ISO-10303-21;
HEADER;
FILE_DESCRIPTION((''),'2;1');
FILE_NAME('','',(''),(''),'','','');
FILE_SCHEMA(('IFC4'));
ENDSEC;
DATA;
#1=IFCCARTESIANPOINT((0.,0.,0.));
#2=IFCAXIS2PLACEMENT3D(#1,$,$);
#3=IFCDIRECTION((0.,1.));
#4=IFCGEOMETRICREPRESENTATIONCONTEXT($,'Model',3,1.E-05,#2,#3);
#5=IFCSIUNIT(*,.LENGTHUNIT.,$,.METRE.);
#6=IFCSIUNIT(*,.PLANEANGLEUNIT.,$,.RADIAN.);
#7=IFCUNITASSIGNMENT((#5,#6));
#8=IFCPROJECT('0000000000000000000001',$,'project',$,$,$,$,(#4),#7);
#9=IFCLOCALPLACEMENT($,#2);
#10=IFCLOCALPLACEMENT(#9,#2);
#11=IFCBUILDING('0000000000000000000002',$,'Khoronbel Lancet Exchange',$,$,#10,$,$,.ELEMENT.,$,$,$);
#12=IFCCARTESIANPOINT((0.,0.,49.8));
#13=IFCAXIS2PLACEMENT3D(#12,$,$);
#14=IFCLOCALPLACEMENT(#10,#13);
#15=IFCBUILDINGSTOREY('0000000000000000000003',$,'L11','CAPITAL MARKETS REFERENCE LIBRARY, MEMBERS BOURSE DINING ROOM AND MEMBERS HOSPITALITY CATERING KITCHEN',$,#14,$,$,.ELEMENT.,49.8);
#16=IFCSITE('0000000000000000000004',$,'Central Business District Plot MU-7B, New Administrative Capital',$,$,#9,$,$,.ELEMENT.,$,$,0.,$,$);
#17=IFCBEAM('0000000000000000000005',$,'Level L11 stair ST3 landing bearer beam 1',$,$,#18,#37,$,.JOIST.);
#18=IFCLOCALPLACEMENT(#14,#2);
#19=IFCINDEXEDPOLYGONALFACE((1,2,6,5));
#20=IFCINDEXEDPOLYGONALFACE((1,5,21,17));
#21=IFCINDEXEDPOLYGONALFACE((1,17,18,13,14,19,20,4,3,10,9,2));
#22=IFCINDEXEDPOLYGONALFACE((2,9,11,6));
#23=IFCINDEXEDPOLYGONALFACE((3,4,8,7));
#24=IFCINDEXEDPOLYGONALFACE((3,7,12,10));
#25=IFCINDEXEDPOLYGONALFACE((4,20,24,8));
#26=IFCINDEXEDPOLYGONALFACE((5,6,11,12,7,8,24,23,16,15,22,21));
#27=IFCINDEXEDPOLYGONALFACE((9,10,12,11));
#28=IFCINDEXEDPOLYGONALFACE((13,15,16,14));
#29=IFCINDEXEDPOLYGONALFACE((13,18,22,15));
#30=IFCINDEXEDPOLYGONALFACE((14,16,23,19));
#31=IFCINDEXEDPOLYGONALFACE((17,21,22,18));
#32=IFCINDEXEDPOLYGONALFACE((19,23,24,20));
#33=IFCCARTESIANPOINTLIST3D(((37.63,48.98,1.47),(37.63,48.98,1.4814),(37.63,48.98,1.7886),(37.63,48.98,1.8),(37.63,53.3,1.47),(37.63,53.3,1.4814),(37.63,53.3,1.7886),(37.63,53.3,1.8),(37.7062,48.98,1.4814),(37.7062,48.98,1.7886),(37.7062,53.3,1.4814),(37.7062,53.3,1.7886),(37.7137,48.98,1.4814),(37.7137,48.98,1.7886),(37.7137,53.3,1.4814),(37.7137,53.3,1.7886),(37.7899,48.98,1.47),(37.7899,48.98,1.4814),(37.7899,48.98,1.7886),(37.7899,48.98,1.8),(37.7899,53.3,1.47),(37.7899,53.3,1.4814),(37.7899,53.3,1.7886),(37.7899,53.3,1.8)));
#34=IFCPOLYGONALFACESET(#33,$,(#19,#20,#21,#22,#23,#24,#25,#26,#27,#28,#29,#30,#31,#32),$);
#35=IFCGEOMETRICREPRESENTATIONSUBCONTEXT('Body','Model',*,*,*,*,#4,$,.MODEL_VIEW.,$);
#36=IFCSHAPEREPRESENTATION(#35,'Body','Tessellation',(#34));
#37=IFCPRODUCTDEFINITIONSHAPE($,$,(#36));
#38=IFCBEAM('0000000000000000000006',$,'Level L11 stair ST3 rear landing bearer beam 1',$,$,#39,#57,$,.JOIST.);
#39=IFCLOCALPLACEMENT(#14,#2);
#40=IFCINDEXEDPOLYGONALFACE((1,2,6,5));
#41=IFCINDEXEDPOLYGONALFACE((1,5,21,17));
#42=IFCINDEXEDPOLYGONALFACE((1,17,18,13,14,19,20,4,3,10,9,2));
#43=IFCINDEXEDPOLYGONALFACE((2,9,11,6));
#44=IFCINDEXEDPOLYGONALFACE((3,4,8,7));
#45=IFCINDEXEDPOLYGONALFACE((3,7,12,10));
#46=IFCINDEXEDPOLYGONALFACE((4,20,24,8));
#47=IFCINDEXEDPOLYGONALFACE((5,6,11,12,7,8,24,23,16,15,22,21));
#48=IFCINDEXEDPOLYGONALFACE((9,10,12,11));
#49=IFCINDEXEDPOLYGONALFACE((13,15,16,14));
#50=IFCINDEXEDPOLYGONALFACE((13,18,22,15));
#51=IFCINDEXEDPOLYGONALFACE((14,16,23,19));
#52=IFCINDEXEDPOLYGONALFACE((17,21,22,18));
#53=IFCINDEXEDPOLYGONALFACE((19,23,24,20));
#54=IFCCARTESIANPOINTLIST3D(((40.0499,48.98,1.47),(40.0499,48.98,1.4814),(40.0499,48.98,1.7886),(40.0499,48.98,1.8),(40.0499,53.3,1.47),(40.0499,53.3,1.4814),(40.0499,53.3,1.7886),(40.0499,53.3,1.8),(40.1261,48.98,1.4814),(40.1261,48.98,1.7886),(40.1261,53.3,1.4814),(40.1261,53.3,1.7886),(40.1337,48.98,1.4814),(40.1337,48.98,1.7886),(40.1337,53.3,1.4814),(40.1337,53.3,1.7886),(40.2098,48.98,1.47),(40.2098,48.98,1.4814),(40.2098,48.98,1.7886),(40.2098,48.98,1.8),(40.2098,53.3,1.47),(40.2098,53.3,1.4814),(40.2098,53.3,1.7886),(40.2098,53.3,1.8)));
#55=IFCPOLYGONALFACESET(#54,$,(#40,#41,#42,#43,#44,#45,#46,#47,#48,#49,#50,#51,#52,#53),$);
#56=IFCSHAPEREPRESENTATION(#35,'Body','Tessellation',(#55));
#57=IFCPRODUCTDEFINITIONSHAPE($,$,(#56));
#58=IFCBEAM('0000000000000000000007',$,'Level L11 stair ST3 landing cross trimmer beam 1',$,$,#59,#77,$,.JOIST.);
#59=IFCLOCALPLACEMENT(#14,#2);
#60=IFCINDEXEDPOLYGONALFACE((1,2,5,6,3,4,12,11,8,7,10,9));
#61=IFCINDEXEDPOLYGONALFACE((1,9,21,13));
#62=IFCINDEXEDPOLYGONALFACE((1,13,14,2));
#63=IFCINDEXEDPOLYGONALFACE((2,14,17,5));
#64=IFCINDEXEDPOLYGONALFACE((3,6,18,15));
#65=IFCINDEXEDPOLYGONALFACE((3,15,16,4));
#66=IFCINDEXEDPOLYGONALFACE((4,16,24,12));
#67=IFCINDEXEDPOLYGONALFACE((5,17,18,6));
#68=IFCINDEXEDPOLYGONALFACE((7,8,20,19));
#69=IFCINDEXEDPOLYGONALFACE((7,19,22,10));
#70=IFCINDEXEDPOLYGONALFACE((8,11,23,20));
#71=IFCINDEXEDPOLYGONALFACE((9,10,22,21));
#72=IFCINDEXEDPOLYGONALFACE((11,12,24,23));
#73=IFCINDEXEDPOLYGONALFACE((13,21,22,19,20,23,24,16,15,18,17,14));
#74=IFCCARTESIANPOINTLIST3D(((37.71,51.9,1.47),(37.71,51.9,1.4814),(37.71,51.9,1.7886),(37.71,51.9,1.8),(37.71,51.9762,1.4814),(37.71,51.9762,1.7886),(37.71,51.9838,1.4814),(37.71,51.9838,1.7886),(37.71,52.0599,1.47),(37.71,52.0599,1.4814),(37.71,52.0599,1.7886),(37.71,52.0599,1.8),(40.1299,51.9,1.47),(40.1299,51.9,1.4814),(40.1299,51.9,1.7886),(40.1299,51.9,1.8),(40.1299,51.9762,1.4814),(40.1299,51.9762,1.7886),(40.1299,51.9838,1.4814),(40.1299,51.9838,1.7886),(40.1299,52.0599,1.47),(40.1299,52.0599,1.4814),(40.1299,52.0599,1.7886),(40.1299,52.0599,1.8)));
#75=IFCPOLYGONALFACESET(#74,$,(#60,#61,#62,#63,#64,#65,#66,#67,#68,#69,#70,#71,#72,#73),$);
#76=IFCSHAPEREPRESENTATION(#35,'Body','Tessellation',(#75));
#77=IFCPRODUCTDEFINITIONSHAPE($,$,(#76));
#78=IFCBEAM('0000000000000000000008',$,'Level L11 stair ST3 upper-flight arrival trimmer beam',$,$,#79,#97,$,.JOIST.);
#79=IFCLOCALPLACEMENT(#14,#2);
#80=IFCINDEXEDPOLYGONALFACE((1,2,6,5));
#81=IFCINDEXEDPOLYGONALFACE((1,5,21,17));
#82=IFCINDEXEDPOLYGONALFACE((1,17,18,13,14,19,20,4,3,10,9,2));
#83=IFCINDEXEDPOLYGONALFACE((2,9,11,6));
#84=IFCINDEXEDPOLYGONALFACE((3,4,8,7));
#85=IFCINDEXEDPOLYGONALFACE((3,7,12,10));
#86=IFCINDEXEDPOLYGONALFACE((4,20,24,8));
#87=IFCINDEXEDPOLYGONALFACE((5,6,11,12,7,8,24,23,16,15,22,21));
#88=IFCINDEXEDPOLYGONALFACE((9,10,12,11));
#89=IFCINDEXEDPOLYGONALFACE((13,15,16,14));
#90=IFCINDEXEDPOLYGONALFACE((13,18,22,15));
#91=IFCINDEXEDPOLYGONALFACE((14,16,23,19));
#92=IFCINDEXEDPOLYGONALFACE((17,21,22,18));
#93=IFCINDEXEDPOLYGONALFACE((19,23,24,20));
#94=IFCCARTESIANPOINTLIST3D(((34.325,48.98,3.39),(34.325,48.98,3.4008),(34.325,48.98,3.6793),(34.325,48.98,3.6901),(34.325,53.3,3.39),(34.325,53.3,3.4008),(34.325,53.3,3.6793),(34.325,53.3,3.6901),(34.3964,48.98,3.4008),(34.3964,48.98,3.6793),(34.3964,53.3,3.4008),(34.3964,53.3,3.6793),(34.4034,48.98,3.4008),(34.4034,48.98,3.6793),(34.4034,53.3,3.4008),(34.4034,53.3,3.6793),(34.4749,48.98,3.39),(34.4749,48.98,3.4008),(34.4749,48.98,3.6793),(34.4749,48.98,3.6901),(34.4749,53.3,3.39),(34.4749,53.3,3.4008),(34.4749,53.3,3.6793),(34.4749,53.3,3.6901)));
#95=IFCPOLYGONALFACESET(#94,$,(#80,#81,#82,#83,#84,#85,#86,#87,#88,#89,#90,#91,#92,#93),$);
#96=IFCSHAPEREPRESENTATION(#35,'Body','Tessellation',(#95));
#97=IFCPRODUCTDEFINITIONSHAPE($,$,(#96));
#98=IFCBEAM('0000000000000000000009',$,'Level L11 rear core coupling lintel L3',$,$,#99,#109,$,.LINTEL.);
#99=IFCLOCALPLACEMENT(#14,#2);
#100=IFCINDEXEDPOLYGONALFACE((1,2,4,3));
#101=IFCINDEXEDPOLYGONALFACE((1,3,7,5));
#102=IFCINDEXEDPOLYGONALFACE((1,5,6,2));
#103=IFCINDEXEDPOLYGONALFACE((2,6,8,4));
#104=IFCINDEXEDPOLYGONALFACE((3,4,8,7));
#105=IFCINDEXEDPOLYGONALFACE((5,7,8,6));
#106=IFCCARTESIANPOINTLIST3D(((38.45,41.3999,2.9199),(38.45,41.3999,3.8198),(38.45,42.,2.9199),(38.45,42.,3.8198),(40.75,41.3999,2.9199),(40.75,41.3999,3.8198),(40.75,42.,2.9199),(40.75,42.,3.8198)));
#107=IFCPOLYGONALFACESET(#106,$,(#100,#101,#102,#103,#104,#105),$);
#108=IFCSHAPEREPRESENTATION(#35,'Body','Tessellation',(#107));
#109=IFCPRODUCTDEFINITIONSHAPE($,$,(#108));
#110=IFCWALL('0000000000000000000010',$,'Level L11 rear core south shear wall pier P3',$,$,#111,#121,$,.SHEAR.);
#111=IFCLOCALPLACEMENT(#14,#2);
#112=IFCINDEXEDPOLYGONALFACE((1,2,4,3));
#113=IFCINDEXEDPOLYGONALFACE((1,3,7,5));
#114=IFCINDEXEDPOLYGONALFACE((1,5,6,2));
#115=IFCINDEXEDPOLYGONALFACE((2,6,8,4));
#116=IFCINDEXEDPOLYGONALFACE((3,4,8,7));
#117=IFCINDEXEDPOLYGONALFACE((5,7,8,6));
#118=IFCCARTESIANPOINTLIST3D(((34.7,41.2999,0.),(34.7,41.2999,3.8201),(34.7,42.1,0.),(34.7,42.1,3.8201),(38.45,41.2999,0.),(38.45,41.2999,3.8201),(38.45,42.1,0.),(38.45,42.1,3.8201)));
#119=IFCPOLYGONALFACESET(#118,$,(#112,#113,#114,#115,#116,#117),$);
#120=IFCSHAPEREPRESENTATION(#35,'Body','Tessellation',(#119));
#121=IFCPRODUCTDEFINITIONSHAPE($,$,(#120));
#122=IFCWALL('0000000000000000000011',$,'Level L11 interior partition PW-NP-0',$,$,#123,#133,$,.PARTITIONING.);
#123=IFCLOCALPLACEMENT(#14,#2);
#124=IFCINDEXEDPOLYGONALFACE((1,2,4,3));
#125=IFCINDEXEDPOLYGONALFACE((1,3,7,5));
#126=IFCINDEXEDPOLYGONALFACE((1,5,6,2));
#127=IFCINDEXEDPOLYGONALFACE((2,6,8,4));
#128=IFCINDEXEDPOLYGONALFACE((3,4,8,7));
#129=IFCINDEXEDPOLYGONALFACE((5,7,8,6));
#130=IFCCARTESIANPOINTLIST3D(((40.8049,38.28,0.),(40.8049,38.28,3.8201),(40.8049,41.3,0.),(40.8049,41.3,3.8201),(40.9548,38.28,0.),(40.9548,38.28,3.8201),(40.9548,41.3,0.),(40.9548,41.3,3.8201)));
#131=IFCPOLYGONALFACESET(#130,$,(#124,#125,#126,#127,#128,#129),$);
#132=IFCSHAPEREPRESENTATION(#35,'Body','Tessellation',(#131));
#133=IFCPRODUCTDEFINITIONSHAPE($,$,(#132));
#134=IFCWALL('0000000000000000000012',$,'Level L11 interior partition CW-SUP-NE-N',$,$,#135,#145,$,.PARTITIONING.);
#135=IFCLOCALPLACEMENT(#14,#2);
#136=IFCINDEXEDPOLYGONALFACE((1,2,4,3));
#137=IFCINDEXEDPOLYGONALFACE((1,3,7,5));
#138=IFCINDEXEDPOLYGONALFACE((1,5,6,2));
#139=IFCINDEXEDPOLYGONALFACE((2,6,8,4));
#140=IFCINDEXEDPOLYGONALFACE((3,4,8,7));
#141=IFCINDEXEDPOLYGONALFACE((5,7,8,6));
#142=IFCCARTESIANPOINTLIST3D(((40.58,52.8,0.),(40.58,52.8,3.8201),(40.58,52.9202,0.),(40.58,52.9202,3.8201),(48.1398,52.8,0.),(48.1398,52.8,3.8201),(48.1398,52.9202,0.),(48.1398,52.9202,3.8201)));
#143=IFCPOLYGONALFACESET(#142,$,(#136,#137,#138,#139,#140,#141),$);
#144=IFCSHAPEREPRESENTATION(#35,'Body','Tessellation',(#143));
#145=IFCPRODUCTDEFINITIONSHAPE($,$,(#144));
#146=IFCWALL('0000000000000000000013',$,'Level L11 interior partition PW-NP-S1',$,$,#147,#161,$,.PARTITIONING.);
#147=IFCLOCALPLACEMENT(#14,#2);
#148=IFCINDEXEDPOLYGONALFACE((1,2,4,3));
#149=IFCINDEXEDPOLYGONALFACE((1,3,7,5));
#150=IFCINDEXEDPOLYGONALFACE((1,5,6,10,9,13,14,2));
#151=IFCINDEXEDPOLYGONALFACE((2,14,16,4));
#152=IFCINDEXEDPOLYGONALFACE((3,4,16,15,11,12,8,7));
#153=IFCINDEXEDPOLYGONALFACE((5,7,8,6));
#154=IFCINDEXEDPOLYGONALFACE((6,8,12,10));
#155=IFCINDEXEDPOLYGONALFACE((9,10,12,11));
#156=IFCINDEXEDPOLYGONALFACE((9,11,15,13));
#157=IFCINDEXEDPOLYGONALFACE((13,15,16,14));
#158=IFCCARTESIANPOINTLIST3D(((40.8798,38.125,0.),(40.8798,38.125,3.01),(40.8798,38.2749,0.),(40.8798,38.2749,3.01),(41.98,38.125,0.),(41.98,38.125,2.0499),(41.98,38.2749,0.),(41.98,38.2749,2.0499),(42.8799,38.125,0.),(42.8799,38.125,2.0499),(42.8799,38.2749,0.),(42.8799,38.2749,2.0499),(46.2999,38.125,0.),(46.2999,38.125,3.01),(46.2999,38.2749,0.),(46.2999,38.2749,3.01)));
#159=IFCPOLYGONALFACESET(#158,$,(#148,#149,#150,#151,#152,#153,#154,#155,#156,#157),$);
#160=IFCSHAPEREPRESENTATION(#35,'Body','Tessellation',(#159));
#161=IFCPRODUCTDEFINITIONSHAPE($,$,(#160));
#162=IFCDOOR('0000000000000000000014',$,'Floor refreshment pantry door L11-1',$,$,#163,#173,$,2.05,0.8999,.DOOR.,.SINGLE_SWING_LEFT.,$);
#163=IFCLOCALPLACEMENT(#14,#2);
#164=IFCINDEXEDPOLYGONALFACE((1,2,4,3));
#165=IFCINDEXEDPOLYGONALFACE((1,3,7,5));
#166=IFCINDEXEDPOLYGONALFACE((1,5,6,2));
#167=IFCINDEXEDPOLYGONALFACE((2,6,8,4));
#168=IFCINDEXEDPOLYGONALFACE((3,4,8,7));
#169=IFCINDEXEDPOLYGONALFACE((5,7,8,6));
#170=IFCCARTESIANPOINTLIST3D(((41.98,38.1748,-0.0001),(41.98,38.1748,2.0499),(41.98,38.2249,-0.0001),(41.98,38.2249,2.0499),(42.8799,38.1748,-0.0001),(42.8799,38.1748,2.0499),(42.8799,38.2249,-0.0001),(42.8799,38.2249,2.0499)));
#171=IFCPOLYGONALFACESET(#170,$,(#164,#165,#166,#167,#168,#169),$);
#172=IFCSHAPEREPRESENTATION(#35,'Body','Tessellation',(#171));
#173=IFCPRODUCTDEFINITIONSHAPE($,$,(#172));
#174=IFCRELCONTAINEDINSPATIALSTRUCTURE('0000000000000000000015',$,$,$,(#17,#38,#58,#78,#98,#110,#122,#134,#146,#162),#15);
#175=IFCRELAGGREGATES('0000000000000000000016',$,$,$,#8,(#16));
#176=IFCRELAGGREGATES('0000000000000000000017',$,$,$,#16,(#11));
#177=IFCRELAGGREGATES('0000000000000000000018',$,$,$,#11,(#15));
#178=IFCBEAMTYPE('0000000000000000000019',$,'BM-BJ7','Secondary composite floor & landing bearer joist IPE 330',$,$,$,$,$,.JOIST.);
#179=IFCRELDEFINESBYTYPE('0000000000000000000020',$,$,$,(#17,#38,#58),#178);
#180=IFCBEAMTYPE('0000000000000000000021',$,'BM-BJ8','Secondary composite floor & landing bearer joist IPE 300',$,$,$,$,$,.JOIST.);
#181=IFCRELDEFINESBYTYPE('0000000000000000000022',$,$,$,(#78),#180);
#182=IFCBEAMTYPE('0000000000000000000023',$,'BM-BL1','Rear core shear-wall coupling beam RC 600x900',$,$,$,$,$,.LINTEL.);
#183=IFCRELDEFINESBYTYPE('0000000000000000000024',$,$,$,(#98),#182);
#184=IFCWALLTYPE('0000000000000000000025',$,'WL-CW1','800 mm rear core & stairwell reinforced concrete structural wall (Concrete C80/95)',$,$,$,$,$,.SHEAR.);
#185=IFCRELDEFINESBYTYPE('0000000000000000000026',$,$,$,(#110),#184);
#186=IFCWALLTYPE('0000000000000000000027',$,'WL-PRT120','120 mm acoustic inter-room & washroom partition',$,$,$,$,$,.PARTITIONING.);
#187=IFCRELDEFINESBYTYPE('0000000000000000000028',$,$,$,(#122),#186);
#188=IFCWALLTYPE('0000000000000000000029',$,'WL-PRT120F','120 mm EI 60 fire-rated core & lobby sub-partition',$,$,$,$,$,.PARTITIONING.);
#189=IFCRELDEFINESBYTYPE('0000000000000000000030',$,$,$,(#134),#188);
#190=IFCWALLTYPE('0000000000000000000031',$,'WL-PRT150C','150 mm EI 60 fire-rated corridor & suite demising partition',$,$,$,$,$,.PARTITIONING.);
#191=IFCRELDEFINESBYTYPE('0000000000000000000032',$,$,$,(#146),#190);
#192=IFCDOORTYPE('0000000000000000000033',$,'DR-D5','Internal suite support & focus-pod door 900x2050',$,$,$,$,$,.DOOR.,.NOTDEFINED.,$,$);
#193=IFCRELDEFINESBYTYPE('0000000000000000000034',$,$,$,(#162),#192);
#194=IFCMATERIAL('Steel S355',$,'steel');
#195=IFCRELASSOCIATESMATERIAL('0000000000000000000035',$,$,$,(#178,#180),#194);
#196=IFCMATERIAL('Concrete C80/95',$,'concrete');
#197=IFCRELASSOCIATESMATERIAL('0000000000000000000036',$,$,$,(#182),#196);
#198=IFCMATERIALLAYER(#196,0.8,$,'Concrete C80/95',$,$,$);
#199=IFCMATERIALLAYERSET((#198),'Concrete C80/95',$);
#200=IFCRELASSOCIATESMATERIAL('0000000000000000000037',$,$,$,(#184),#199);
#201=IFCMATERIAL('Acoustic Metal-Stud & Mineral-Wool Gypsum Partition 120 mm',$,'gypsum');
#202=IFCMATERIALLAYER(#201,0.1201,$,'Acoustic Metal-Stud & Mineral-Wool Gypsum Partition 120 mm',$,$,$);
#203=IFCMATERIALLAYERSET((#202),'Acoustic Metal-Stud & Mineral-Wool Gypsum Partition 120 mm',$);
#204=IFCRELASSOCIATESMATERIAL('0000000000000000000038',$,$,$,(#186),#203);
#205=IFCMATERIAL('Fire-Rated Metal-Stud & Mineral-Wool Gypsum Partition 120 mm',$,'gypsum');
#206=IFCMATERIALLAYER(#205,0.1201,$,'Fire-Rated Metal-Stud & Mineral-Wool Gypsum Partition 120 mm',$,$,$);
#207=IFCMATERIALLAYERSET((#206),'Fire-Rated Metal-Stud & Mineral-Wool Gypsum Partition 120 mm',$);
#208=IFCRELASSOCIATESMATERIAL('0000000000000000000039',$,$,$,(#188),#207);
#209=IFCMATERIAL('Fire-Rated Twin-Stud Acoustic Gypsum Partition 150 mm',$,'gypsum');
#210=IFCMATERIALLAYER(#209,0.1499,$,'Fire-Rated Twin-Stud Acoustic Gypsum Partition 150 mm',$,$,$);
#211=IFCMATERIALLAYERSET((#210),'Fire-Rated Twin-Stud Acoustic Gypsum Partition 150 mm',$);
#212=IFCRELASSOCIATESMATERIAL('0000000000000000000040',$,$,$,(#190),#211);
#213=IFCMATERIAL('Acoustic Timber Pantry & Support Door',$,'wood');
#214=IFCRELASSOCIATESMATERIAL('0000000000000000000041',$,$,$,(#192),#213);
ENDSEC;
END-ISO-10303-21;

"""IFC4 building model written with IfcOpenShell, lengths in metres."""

from ifc_helpers import new_model, si_unit, direction, frame, frame_2d, origin, origin_2d, place, context, subcontext, project, spatial, rectangle, i_section, extrude, material, layer, layer_set, material_profile, profile_set, type_object, element, fill, save


model = new_model("IFC4")

# Units and contexts
model_context = context("Model", 3, precision=1e-05, world=origin(), true_north=direction((0.0, 1.0)))
body_context = subcontext(model_context, "Body", "Model", "MODEL_VIEW")
ifc_project = project(units=[si_unit("LENGTHUNIT", "METRE"), si_unit("PLANEANGLEUNIT", "RADIAN")], contexts=[model_context])

# Site, building, storey
site_placement = place(None, origin())
site = spatial("IfcSite", under=ifc_project, at=site_placement, Name="Central Business District Plot MU-7B, New Administrative Capital", CompositionType="ELEMENT", RefElevation=0.0)
building_placement = place(site_placement, origin())
building = spatial("IfcBuilding", under=site, at=building_placement, Name="Khoronbel Lancet Exchange", CompositionType="ELEMENT")
storey_placement = place(building_placement, frame((0.0, 0.0, 49.8)))
storey = spatial("IfcBuildingStorey", under=building, at=storey_placement, Name="L11", Description="CAPITAL MARKETS REFERENCE LIBRARY, MEMBERS BOURSE DINING ROOM AND MEMBERS HOSPITALITY CATERING KITCHEN", CompositionType="ELEMENT", Elevation=49.8)

# Beams
ifc_material_1 = material(Name="Steel S355", Category="steel")
ifc_material_profile_1 = material_profile(ifc_material_1, i_section(OverallWidth=0.1599, OverallDepth=0.3301, WebThickness=0.0076, FlangeThickness=0.0115, at=origin_2d()), Name="IPE 330")
ifc_profile_set_1 = profile_set([ifc_material_profile_1], Name="Steel S355")
beam_type_1 = type_object("IfcBeamType", Name="BM-BJ7", Description="Secondary composite floor & landing bearer joist IPE 330", PredefinedType="JOIST", material=ifc_profile_set_1)
for number, where, z_axis, x_axis, name in (
    (1, (37.71, 48.98, 1.635), (0.0, 1.0, 0.0), (-1.0, 0.0, 0.0), "Level L11 stair ST3 landing bearer beam 1"),
    (2, (40.1299, 48.98, 1.635), (0.0, 1.0, 0.0), (-1.0, 0.0, 0.0), "Level L11 stair ST3 rear landing bearer beam 1"),
):
    element("IfcBeam", number, at=place(storey_placement, frame(where, z_axis=z_axis, x_axis=x_axis)), inside=storey, type_object=beam_type_1, Name=name, PredefinedType="JOIST", context=body_context, shape_type="SweptSolid", body=[
        extrude(i_section(OverallWidth=0.1599, OverallDepth=0.3301, WebThickness=0.0076, FlangeThickness=0.0115, at=origin_2d()), origin(), (0.0, 0.0, 1.0), 4.3201),
    ])
beam_1_placement = place(storey_placement, frame((37.71, 51.98, 1.635), z_axis=(1.0, 0.0, 0.0), x_axis=(0.0, 1.0, 0.0)))
element("IfcBeam", 3, at=beam_1_placement, inside=storey, type_object=beam_type_1, Name="Level L11 stair ST3 landing cross trimmer beam 1", PredefinedType="JOIST", context=body_context, shape_type="SweptSolid", body=[
    extrude(i_section(OverallWidth=0.1599, OverallDepth=0.3301, WebThickness=0.0076, FlangeThickness=0.0115, at=origin_2d()), origin(), (0.0, 0.0, 1.0), 2.4199),
])
ifc_material_profile_2 = material_profile(ifc_material_1, i_section(OverallWidth=0.1499, OverallDepth=0.3, WebThickness=0.0071, FlangeThickness=0.0107, at=origin_2d()), Name="IPE 300")
ifc_profile_set_2 = profile_set([ifc_material_profile_2], Name="Steel S355")
beam_type_2 = type_object("IfcBeamType", Name="BM-BJ8", Description="Secondary composite floor & landing bearer joist IPE 300", PredefinedType="JOIST", material=ifc_profile_set_2)
beam_2_placement = place(storey_placement, frame((34.3999, 48.98, 3.54), z_axis=(0.0, 1.0, 0.0), x_axis=(-1.0, 0.0, 0.0)))
element("IfcBeam", 4, at=beam_2_placement, inside=storey, type_object=beam_type_2, Name="Level L11 stair ST3 upper-flight arrival trimmer beam", PredefinedType="JOIST", context=body_context, shape_type="SweptSolid", body=[
    extrude(i_section(OverallWidth=0.1499, OverallDepth=0.3, WebThickness=0.0071, FlangeThickness=0.0107, at=origin_2d()), origin(), (0.0, 0.0, 1.0), 4.3201),
])
ifc_material_2 = material(Name="Concrete C80/95", Category="concrete")
ifc_material_profile_3 = material_profile(ifc_material_2, rectangle(XDim=0.6001, YDim=0.8999, at=origin_2d()), Name="RC 600x900")
ifc_profile_set_3 = profile_set([ifc_material_profile_3], Name="Concrete C80/95")
beam_type_3 = type_object("IfcBeamType", Name="BM-BL1", Description="Rear core shear-wall coupling beam RC 600x900", PredefinedType="LINTEL", material=ifc_profile_set_3)
beam_3_placement = place(storey_placement, frame((38.45, 41.7, 3.3699), z_axis=(1.0, 0.0, 0.0), x_axis=(0.0, 1.0, 0.0)))
element("IfcBeam", 5, at=beam_3_placement, inside=storey, type_object=beam_type_3, Name="Level L11 rear core coupling lintel L3", PredefinedType="LINTEL", context=body_context, shape_type="SweptSolid", body=[
    extrude(rectangle(XDim=0.6001, YDim=0.8999, at=origin_2d()), origin(), (0.0, 0.0, 1.0), 2.3),
])

# Walls
ifc_layer_1 = layer(ifc_material_2, 0.8, Name="Concrete C80/95")
ifc_layer_set_1 = layer_set([ifc_layer_1], Name="Concrete C80/95")
wall_type_1 = type_object("IfcWallType", Name="WL-CW1", Description="800 mm rear core & stairwell reinforced concrete structural wall (Concrete C80/95)", PredefinedType="SHEAR", material=ifc_layer_set_1)
wall_1_placement = place(storey_placement, frame((38.45, 41.7, 0.0), z_axis=(0.0, 0.0, 1.0), x_axis=(-1.0, 0.0, 0.0)))
element("IfcWall", 6, at=wall_1_placement, inside=storey, type_object=wall_type_1, Name="Level L11 rear core south shear wall pier P3", PredefinedType="SHEAR", context=body_context, shape_type="SweptSolid", body=[
    extrude(rectangle(XDim=3.75, YDim=0.8, at=frame_2d((1.875, 0.0))), origin(), (0.0, 0.0, 1.0), 3.8201),
])
ifc_material_3 = material(Name="Acoustic Metal-Stud & Mineral-Wool Gypsum Partition 120 mm", Category="gypsum")
ifc_layer_2 = layer(ifc_material_3, 0.1201, Name="Acoustic Metal-Stud & Mineral-Wool Gypsum Partition 120 mm")
ifc_layer_set_2 = layer_set([ifc_layer_2], Name="Acoustic Metal-Stud & Mineral-Wool Gypsum Partition 120 mm")
wall_type_2 = type_object("IfcWallType", Name="WL-PRT120", Description="120 mm acoustic inter-room & washroom partition", PredefinedType="PARTITIONING", material=ifc_layer_set_2)
wall_2_placement = place(storey_placement, frame((40.8799, 38.28, 0.0), z_axis=(0.0, 0.0, 1.0), x_axis=(0.0, 1.0, 0.0)))
element("IfcWall", 7, at=wall_2_placement, inside=storey, type_object=wall_type_2, Name="Level L11 interior partition PW-NP-0", PredefinedType="PARTITIONING", context=body_context, shape_type="SweptSolid", body=[
    extrude(rectangle(XDim=3.02, YDim=0.1499, at=frame_2d((1.51, 0.0))), origin(), (0.0, 0.0, 1.0), 3.8201),
])
ifc_material_4 = material(Name="Fire-Rated Metal-Stud & Mineral-Wool Gypsum Partition 120 mm", Category="gypsum")
ifc_layer_3 = layer(ifc_material_4, 0.1201, Name="Fire-Rated Metal-Stud & Mineral-Wool Gypsum Partition 120 mm")
ifc_layer_set_3 = layer_set([ifc_layer_3], Name="Fire-Rated Metal-Stud & Mineral-Wool Gypsum Partition 120 mm")
wall_type_3 = type_object("IfcWallType", Name="WL-PRT120F", Description="120 mm EI 60 fire-rated core & lobby sub-partition", PredefinedType="PARTITIONING", material=ifc_layer_set_3)
wall_3_placement = place(storey_placement, frame((40.5801, 52.8601, 0.0), z_axis=(0.0, 0.0, 1.0), x_axis=(1.0, 0.0, 0.0)))
element("IfcWall", 8, at=wall_3_placement, inside=storey, type_object=wall_type_3, Name="Level L11 interior partition CW-SUP-NE-N", PredefinedType="PARTITIONING", context=body_context, shape_type="SweptSolid", body=[
    extrude(rectangle(XDim=7.5598, YDim=0.1201, at=frame_2d((3.7798, 0.0))), origin(), (0.0, 0.0, 1.0), 3.8201),
])

# Wall, opening, door
ifc_material_5 = material(Name="Fire-Rated Twin-Stud Acoustic Gypsum Partition 150 mm", Category="gypsum")
ifc_layer_4 = layer(ifc_material_5, 0.1499, Name="Fire-Rated Twin-Stud Acoustic Gypsum Partition 150 mm")
ifc_layer_set_4 = layer_set([ifc_layer_4], Name="Fire-Rated Twin-Stud Acoustic Gypsum Partition 150 mm")
wall_type_4 = type_object("IfcWallType", Name="WL-PRT150C", Description="150 mm EI 60 fire-rated corridor & suite demising partition", PredefinedType="PARTITIONING", material=ifc_layer_set_4)
wall_4_placement = place(storey_placement, frame((40.8799, 38.2, 0.0), z_axis=(0.0, 0.0, 1.0), x_axis=(1.0, 0.0, 0.0)))
wall_4 = element("IfcWall", 9, at=wall_4_placement, inside=storey, type_object=wall_type_4, Name="Level L11 interior partition PW-NP-S1", PredefinedType="PARTITIONING", context=body_context, shape_type="SweptSolid", body=[
    extrude(rectangle(XDim=5.4202, YDim=0.1499, at=frame_2d((2.71, 0.0))), origin(), (0.0, 0.0, 1.0), 3.01),
])
opening_1_placement = place(wall_4_placement, frame((1.1001, 0.0, 0.0)))
opening_1 = element("IfcOpeningElement", 10, at=opening_1_placement, cuts=wall_4, PredefinedType="OPENING", context=body_context, shape_type="SweptSolid", body=[
    extrude(rectangle(XDim=0.8999, YDim=2.05, at=frame_2d((0.45, 1.0249))), frame((0.0, 0.085, 0.0), z_axis=(0.0, -1.0, 0.0), x_axis=(1.0, 0.0, 0.0)), (0.0, 0.0, 1.0), 0.1699),
])
ifc_material_6 = material(Name="Acoustic Timber Pantry & Support Door", Category="wood")
door_type_1 = type_object("IfcDoorType", Name="DR-D5", Description="Internal suite support & focus-pod door 900x2050", OperationType="NOTDEFINED", PredefinedType="DOOR", material=ifc_material_6)
door_1_placement = place(opening_1_placement, origin())
door_1 = element("IfcDoor", 11, at=door_1_placement, inside=storey, type_object=door_type_1, Name="Floor refreshment pantry door L11-1", OperationType="SINGLE_SWING_LEFT", OverallHeight=2.05, OverallWidth=0.8999, PredefinedType="DOOR", context=body_context, shape_type="SweptSolid", body=[
    extrude(rectangle(XDim=0.8999, YDim=2.05, at=frame_2d((0.45, 1.0249))), frame((0.0, 0.0249, 0.0), z_axis=(0.0, -1.0, 0.0), x_axis=(1.0, 0.0, 0.0)), (0.0, 0.0, 1.0), 0.05),
])
fill(opening_1, door_1)

save(model, "model.ifc")
